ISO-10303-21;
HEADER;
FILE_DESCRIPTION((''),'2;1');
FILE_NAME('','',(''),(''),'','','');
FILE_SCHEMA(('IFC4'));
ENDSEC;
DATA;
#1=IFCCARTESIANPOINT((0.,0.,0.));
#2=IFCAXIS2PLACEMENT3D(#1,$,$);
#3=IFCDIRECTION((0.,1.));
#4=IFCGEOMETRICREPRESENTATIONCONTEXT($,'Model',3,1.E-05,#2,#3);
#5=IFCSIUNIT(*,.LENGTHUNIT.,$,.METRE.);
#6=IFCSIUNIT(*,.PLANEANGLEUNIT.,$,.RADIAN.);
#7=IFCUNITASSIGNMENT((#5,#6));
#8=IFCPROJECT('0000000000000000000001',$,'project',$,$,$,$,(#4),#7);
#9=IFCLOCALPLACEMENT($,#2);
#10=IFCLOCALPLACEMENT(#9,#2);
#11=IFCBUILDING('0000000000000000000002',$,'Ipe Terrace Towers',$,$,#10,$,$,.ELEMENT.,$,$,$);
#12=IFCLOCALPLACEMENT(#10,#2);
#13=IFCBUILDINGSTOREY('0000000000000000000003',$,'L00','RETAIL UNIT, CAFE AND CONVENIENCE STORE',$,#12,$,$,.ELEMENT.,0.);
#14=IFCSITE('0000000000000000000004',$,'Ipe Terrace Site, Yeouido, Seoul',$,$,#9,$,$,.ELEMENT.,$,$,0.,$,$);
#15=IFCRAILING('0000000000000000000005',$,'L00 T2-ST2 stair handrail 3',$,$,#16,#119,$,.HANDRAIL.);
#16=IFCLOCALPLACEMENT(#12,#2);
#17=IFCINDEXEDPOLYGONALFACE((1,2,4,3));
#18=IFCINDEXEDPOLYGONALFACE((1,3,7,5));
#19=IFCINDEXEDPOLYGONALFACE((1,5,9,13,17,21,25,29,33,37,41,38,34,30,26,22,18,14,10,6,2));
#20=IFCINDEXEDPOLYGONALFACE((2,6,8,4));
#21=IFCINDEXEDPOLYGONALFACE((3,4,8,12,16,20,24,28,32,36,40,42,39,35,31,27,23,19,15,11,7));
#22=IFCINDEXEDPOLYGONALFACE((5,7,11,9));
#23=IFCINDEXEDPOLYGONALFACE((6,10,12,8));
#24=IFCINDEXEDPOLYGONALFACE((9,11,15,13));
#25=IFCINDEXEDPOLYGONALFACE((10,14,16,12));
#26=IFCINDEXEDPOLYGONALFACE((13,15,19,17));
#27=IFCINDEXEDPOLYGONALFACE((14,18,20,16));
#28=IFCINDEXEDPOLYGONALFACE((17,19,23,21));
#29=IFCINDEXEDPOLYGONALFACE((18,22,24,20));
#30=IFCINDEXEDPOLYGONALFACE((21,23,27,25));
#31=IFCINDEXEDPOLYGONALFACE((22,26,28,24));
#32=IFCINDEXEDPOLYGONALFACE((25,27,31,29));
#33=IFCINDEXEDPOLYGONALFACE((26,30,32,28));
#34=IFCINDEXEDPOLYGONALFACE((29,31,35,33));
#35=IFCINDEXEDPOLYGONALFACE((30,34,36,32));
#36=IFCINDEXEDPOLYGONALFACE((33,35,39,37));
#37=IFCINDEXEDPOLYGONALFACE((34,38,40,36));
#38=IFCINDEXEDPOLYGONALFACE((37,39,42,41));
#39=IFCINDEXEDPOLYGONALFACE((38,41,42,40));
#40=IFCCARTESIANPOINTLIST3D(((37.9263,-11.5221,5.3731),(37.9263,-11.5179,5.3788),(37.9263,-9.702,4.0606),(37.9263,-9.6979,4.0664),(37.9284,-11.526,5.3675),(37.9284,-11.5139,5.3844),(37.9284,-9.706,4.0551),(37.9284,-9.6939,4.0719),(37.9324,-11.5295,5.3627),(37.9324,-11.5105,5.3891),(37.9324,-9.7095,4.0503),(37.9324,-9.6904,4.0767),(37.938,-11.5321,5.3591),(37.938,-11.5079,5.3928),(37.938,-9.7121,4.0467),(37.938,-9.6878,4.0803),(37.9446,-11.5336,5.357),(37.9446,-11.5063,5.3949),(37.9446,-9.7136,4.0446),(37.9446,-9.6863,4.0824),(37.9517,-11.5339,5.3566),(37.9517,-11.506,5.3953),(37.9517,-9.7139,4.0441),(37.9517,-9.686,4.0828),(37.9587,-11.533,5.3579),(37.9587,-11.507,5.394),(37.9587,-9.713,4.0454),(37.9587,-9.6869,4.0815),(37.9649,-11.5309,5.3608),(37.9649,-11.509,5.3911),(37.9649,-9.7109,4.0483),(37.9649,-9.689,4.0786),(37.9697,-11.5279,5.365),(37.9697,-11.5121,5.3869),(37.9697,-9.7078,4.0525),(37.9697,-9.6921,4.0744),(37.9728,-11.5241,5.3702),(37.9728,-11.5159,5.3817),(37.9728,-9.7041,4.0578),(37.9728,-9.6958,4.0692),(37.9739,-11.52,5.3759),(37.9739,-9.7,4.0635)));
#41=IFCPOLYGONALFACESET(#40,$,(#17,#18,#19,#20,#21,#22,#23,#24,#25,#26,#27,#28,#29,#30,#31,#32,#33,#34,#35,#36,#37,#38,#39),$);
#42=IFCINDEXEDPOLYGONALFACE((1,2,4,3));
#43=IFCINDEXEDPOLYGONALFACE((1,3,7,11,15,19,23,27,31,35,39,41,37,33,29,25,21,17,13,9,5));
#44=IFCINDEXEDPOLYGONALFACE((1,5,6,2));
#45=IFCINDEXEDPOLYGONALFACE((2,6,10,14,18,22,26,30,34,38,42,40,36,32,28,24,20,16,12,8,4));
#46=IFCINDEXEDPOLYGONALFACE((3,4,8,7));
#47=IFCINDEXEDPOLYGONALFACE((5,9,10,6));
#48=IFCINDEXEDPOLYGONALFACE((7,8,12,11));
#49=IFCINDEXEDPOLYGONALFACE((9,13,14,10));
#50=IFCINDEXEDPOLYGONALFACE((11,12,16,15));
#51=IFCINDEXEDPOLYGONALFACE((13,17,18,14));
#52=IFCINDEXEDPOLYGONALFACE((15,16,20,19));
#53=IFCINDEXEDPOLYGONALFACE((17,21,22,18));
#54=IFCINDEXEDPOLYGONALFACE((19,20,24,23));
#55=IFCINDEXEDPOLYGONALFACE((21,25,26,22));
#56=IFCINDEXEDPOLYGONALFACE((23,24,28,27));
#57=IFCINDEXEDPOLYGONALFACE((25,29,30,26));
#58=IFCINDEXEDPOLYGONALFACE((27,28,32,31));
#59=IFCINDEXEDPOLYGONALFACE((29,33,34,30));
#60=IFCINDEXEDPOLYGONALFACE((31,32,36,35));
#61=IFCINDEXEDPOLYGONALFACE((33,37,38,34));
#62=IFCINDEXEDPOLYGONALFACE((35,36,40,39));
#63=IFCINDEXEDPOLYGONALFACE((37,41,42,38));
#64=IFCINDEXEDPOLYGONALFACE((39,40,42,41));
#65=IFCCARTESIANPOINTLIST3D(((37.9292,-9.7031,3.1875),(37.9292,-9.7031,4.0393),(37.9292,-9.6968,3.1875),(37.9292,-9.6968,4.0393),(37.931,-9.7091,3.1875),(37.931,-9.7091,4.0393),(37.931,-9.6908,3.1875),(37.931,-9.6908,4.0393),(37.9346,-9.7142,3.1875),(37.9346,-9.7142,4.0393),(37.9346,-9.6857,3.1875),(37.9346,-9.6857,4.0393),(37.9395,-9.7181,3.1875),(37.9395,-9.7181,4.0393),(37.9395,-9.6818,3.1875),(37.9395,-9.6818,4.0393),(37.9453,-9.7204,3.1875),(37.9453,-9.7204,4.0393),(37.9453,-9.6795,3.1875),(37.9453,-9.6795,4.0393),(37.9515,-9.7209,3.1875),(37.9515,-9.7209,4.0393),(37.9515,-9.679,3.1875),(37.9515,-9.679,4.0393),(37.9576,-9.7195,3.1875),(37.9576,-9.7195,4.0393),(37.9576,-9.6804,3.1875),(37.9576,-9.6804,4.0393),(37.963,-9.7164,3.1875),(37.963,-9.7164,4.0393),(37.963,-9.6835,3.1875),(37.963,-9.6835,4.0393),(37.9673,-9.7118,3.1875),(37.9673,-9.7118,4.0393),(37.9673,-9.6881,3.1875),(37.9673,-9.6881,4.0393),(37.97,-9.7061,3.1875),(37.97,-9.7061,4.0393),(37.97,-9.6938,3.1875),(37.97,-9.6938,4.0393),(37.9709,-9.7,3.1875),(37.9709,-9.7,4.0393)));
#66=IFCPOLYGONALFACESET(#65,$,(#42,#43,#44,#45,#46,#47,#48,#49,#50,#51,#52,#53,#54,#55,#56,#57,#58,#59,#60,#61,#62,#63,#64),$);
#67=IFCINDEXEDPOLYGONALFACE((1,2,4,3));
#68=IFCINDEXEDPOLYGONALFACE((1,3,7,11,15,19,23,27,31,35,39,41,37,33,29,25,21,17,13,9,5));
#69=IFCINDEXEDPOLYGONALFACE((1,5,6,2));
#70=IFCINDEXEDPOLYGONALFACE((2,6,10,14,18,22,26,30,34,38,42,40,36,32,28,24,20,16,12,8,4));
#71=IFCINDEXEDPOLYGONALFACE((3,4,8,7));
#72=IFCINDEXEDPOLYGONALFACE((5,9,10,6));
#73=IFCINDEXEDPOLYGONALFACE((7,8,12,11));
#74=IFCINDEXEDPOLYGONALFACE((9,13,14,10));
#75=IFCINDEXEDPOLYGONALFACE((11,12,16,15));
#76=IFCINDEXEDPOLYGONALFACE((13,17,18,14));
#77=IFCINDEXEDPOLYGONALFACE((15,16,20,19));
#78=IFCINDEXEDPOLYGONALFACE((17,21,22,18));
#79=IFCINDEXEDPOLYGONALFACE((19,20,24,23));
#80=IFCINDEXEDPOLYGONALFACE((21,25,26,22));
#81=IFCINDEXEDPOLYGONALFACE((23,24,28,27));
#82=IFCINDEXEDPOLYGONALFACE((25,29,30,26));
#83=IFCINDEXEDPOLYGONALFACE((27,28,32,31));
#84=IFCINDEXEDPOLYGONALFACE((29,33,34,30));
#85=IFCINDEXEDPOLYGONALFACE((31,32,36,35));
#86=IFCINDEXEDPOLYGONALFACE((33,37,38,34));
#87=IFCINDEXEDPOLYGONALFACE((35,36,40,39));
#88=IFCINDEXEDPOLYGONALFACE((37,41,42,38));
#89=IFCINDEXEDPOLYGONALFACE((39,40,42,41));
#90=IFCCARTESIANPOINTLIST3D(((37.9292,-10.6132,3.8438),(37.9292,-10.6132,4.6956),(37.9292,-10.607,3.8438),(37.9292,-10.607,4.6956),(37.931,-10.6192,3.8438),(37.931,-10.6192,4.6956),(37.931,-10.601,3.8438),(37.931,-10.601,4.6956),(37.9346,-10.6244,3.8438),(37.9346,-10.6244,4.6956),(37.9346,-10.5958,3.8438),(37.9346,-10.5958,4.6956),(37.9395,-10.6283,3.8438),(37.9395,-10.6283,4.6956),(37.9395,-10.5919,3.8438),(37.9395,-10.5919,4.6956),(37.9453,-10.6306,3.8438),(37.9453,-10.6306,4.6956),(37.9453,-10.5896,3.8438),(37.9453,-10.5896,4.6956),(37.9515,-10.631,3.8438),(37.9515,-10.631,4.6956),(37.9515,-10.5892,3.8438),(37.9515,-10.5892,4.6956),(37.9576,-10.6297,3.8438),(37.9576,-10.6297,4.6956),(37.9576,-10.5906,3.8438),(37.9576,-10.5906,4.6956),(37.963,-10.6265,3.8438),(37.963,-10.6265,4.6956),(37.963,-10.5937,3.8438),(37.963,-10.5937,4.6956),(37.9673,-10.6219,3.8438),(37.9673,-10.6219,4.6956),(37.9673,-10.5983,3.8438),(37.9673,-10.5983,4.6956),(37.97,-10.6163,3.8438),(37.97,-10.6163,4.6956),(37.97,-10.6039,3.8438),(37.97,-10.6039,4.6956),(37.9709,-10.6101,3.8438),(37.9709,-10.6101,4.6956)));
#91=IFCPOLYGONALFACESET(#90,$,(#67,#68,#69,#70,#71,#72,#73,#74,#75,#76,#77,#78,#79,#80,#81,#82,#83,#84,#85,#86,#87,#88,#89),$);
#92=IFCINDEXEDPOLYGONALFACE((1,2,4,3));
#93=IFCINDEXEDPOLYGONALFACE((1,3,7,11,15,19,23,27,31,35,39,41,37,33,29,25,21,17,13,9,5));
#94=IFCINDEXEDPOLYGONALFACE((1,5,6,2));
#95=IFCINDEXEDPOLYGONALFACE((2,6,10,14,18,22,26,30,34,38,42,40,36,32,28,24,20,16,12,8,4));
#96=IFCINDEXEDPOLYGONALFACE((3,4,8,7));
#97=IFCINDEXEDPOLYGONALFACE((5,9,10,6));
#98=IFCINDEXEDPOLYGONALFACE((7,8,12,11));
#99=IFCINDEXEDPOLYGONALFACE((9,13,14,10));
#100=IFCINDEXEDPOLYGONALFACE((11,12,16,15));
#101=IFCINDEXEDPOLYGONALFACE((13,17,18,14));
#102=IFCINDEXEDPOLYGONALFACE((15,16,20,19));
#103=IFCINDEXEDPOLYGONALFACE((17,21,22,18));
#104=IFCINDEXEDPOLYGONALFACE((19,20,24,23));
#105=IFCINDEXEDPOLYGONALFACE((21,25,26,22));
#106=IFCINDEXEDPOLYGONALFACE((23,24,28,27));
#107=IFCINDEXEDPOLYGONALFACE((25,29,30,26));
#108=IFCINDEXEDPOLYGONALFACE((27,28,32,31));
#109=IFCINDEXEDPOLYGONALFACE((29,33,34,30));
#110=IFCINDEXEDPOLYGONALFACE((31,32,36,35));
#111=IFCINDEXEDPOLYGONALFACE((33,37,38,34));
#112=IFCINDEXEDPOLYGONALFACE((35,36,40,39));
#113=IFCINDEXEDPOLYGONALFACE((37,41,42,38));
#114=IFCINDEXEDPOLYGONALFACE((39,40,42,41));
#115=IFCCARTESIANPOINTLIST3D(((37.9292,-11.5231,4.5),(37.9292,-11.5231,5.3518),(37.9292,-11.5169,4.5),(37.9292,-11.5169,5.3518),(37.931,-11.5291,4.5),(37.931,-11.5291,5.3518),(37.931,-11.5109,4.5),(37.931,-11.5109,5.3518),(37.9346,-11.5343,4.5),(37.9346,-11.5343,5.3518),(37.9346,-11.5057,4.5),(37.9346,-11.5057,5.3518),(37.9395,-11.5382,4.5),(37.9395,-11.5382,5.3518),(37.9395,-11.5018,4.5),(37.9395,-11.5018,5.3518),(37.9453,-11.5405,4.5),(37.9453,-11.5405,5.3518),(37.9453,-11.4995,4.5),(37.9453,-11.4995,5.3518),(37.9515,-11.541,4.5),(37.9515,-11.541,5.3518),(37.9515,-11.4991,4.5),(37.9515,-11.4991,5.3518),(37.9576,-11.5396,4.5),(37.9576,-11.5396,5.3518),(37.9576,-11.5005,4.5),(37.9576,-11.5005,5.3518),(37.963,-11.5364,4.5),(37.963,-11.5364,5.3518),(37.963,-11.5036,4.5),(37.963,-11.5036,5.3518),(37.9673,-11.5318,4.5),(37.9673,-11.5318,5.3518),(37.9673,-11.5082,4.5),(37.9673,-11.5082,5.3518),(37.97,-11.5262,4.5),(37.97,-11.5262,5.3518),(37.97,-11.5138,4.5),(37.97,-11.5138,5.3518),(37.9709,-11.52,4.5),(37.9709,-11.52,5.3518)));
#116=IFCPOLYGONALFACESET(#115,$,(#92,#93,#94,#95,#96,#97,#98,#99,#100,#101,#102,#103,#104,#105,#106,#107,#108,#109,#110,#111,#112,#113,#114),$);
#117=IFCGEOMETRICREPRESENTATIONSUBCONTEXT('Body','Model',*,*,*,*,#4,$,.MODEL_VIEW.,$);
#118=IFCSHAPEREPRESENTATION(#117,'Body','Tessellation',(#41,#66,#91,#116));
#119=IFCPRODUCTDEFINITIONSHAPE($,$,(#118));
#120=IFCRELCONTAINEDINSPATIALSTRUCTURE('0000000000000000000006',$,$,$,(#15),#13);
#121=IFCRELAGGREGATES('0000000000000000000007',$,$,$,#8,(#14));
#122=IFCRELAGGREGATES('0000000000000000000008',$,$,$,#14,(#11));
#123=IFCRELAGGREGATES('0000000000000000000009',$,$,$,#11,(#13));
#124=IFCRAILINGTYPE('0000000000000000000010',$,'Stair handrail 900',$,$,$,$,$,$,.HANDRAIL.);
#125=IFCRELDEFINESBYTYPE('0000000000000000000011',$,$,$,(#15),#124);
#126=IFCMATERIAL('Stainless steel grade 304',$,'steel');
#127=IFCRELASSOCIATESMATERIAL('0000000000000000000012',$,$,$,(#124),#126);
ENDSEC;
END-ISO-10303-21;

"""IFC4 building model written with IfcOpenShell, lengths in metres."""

from ifc_helpers import new_model, si_unit, direction, frame, origin, origin_2d, place, context, subcontext, project, spatial, circle, extrude, material, type_object, element, save


model = new_model("IFC4")

# Units and contexts
model_context = context("Model", 3, precision=1e-05, world=origin(), true_north=direction((0.0, 1.0)))
body_context = subcontext(model_context, "Body", "Model", "MODEL_VIEW")
ifc_project = project(units=[si_unit("LENGTHUNIT", "METRE"), si_unit("PLANEANGLEUNIT", "RADIAN")], contexts=[model_context])

# Site, building, storey
site_placement = place(None, origin())
site = spatial("IfcSite", under=ifc_project, at=site_placement, Name="Ipe Terrace Site, Yeouido, Seoul", CompositionType="ELEMENT", RefElevation=0.0)
building_placement = place(site_placement, origin())
building = spatial("IfcBuilding", under=site, at=building_placement, Name="Ipe Terrace Towers", CompositionType="ELEMENT")
storey_placement = place(building_placement, origin())
storey = spatial("IfcBuildingStorey", under=building, at=storey_placement, Name="L00", Description="RETAIL UNIT, CAFE AND CONVENIENCE STORE", CompositionType="ELEMENT", Elevation=0.0)

# Railing
ifc_material_1 = material(Name="Stainless steel grade 304", Category="steel")
railing_type_1 = type_object("IfcRailingType", Name="Stair handrail 900", PredefinedType="HANDRAIL", material=ifc_material_1)
for number, where, name in (
    (1, (37.95, -9.7, 3.1875), "L00 T2-ST2 stair handrail 3"),
):
    element("IfcRailing", number, at=place(storey_placement, frame(where)), inside=storey, type_object=railing_type_1, Name=name, PredefinedType="HANDRAIL", context=body_context, shape_type="SweptSolid", body=[
        extrude(circle(Radius=0.0239, at=origin_2d()), frame((0.0, 0.0, 0.876), z_axis=(0.0, -0.811101, 0.584906), x_axis=(1.0, 0.0, 0.0)), (0.0, 0.0, 1.0), 2.2439),
        extrude(circle(Radius=0.021, at=origin_2d()), origin(), (0.0, 0.0, 1.0), 0.8518),
        extrude(circle(Radius=0.021, at=origin_2d()), frame((0.0, -0.9102, 0.6562)), (0.0, 0.0, 1.0), 0.8518),
        extrude(circle(Radius=0.021, at=origin_2d()), frame((0.0, -1.8201, 1.3125)), (0.0, 0.0, 1.0), 0.8518),
    ])

save(model, "model.ifc")
